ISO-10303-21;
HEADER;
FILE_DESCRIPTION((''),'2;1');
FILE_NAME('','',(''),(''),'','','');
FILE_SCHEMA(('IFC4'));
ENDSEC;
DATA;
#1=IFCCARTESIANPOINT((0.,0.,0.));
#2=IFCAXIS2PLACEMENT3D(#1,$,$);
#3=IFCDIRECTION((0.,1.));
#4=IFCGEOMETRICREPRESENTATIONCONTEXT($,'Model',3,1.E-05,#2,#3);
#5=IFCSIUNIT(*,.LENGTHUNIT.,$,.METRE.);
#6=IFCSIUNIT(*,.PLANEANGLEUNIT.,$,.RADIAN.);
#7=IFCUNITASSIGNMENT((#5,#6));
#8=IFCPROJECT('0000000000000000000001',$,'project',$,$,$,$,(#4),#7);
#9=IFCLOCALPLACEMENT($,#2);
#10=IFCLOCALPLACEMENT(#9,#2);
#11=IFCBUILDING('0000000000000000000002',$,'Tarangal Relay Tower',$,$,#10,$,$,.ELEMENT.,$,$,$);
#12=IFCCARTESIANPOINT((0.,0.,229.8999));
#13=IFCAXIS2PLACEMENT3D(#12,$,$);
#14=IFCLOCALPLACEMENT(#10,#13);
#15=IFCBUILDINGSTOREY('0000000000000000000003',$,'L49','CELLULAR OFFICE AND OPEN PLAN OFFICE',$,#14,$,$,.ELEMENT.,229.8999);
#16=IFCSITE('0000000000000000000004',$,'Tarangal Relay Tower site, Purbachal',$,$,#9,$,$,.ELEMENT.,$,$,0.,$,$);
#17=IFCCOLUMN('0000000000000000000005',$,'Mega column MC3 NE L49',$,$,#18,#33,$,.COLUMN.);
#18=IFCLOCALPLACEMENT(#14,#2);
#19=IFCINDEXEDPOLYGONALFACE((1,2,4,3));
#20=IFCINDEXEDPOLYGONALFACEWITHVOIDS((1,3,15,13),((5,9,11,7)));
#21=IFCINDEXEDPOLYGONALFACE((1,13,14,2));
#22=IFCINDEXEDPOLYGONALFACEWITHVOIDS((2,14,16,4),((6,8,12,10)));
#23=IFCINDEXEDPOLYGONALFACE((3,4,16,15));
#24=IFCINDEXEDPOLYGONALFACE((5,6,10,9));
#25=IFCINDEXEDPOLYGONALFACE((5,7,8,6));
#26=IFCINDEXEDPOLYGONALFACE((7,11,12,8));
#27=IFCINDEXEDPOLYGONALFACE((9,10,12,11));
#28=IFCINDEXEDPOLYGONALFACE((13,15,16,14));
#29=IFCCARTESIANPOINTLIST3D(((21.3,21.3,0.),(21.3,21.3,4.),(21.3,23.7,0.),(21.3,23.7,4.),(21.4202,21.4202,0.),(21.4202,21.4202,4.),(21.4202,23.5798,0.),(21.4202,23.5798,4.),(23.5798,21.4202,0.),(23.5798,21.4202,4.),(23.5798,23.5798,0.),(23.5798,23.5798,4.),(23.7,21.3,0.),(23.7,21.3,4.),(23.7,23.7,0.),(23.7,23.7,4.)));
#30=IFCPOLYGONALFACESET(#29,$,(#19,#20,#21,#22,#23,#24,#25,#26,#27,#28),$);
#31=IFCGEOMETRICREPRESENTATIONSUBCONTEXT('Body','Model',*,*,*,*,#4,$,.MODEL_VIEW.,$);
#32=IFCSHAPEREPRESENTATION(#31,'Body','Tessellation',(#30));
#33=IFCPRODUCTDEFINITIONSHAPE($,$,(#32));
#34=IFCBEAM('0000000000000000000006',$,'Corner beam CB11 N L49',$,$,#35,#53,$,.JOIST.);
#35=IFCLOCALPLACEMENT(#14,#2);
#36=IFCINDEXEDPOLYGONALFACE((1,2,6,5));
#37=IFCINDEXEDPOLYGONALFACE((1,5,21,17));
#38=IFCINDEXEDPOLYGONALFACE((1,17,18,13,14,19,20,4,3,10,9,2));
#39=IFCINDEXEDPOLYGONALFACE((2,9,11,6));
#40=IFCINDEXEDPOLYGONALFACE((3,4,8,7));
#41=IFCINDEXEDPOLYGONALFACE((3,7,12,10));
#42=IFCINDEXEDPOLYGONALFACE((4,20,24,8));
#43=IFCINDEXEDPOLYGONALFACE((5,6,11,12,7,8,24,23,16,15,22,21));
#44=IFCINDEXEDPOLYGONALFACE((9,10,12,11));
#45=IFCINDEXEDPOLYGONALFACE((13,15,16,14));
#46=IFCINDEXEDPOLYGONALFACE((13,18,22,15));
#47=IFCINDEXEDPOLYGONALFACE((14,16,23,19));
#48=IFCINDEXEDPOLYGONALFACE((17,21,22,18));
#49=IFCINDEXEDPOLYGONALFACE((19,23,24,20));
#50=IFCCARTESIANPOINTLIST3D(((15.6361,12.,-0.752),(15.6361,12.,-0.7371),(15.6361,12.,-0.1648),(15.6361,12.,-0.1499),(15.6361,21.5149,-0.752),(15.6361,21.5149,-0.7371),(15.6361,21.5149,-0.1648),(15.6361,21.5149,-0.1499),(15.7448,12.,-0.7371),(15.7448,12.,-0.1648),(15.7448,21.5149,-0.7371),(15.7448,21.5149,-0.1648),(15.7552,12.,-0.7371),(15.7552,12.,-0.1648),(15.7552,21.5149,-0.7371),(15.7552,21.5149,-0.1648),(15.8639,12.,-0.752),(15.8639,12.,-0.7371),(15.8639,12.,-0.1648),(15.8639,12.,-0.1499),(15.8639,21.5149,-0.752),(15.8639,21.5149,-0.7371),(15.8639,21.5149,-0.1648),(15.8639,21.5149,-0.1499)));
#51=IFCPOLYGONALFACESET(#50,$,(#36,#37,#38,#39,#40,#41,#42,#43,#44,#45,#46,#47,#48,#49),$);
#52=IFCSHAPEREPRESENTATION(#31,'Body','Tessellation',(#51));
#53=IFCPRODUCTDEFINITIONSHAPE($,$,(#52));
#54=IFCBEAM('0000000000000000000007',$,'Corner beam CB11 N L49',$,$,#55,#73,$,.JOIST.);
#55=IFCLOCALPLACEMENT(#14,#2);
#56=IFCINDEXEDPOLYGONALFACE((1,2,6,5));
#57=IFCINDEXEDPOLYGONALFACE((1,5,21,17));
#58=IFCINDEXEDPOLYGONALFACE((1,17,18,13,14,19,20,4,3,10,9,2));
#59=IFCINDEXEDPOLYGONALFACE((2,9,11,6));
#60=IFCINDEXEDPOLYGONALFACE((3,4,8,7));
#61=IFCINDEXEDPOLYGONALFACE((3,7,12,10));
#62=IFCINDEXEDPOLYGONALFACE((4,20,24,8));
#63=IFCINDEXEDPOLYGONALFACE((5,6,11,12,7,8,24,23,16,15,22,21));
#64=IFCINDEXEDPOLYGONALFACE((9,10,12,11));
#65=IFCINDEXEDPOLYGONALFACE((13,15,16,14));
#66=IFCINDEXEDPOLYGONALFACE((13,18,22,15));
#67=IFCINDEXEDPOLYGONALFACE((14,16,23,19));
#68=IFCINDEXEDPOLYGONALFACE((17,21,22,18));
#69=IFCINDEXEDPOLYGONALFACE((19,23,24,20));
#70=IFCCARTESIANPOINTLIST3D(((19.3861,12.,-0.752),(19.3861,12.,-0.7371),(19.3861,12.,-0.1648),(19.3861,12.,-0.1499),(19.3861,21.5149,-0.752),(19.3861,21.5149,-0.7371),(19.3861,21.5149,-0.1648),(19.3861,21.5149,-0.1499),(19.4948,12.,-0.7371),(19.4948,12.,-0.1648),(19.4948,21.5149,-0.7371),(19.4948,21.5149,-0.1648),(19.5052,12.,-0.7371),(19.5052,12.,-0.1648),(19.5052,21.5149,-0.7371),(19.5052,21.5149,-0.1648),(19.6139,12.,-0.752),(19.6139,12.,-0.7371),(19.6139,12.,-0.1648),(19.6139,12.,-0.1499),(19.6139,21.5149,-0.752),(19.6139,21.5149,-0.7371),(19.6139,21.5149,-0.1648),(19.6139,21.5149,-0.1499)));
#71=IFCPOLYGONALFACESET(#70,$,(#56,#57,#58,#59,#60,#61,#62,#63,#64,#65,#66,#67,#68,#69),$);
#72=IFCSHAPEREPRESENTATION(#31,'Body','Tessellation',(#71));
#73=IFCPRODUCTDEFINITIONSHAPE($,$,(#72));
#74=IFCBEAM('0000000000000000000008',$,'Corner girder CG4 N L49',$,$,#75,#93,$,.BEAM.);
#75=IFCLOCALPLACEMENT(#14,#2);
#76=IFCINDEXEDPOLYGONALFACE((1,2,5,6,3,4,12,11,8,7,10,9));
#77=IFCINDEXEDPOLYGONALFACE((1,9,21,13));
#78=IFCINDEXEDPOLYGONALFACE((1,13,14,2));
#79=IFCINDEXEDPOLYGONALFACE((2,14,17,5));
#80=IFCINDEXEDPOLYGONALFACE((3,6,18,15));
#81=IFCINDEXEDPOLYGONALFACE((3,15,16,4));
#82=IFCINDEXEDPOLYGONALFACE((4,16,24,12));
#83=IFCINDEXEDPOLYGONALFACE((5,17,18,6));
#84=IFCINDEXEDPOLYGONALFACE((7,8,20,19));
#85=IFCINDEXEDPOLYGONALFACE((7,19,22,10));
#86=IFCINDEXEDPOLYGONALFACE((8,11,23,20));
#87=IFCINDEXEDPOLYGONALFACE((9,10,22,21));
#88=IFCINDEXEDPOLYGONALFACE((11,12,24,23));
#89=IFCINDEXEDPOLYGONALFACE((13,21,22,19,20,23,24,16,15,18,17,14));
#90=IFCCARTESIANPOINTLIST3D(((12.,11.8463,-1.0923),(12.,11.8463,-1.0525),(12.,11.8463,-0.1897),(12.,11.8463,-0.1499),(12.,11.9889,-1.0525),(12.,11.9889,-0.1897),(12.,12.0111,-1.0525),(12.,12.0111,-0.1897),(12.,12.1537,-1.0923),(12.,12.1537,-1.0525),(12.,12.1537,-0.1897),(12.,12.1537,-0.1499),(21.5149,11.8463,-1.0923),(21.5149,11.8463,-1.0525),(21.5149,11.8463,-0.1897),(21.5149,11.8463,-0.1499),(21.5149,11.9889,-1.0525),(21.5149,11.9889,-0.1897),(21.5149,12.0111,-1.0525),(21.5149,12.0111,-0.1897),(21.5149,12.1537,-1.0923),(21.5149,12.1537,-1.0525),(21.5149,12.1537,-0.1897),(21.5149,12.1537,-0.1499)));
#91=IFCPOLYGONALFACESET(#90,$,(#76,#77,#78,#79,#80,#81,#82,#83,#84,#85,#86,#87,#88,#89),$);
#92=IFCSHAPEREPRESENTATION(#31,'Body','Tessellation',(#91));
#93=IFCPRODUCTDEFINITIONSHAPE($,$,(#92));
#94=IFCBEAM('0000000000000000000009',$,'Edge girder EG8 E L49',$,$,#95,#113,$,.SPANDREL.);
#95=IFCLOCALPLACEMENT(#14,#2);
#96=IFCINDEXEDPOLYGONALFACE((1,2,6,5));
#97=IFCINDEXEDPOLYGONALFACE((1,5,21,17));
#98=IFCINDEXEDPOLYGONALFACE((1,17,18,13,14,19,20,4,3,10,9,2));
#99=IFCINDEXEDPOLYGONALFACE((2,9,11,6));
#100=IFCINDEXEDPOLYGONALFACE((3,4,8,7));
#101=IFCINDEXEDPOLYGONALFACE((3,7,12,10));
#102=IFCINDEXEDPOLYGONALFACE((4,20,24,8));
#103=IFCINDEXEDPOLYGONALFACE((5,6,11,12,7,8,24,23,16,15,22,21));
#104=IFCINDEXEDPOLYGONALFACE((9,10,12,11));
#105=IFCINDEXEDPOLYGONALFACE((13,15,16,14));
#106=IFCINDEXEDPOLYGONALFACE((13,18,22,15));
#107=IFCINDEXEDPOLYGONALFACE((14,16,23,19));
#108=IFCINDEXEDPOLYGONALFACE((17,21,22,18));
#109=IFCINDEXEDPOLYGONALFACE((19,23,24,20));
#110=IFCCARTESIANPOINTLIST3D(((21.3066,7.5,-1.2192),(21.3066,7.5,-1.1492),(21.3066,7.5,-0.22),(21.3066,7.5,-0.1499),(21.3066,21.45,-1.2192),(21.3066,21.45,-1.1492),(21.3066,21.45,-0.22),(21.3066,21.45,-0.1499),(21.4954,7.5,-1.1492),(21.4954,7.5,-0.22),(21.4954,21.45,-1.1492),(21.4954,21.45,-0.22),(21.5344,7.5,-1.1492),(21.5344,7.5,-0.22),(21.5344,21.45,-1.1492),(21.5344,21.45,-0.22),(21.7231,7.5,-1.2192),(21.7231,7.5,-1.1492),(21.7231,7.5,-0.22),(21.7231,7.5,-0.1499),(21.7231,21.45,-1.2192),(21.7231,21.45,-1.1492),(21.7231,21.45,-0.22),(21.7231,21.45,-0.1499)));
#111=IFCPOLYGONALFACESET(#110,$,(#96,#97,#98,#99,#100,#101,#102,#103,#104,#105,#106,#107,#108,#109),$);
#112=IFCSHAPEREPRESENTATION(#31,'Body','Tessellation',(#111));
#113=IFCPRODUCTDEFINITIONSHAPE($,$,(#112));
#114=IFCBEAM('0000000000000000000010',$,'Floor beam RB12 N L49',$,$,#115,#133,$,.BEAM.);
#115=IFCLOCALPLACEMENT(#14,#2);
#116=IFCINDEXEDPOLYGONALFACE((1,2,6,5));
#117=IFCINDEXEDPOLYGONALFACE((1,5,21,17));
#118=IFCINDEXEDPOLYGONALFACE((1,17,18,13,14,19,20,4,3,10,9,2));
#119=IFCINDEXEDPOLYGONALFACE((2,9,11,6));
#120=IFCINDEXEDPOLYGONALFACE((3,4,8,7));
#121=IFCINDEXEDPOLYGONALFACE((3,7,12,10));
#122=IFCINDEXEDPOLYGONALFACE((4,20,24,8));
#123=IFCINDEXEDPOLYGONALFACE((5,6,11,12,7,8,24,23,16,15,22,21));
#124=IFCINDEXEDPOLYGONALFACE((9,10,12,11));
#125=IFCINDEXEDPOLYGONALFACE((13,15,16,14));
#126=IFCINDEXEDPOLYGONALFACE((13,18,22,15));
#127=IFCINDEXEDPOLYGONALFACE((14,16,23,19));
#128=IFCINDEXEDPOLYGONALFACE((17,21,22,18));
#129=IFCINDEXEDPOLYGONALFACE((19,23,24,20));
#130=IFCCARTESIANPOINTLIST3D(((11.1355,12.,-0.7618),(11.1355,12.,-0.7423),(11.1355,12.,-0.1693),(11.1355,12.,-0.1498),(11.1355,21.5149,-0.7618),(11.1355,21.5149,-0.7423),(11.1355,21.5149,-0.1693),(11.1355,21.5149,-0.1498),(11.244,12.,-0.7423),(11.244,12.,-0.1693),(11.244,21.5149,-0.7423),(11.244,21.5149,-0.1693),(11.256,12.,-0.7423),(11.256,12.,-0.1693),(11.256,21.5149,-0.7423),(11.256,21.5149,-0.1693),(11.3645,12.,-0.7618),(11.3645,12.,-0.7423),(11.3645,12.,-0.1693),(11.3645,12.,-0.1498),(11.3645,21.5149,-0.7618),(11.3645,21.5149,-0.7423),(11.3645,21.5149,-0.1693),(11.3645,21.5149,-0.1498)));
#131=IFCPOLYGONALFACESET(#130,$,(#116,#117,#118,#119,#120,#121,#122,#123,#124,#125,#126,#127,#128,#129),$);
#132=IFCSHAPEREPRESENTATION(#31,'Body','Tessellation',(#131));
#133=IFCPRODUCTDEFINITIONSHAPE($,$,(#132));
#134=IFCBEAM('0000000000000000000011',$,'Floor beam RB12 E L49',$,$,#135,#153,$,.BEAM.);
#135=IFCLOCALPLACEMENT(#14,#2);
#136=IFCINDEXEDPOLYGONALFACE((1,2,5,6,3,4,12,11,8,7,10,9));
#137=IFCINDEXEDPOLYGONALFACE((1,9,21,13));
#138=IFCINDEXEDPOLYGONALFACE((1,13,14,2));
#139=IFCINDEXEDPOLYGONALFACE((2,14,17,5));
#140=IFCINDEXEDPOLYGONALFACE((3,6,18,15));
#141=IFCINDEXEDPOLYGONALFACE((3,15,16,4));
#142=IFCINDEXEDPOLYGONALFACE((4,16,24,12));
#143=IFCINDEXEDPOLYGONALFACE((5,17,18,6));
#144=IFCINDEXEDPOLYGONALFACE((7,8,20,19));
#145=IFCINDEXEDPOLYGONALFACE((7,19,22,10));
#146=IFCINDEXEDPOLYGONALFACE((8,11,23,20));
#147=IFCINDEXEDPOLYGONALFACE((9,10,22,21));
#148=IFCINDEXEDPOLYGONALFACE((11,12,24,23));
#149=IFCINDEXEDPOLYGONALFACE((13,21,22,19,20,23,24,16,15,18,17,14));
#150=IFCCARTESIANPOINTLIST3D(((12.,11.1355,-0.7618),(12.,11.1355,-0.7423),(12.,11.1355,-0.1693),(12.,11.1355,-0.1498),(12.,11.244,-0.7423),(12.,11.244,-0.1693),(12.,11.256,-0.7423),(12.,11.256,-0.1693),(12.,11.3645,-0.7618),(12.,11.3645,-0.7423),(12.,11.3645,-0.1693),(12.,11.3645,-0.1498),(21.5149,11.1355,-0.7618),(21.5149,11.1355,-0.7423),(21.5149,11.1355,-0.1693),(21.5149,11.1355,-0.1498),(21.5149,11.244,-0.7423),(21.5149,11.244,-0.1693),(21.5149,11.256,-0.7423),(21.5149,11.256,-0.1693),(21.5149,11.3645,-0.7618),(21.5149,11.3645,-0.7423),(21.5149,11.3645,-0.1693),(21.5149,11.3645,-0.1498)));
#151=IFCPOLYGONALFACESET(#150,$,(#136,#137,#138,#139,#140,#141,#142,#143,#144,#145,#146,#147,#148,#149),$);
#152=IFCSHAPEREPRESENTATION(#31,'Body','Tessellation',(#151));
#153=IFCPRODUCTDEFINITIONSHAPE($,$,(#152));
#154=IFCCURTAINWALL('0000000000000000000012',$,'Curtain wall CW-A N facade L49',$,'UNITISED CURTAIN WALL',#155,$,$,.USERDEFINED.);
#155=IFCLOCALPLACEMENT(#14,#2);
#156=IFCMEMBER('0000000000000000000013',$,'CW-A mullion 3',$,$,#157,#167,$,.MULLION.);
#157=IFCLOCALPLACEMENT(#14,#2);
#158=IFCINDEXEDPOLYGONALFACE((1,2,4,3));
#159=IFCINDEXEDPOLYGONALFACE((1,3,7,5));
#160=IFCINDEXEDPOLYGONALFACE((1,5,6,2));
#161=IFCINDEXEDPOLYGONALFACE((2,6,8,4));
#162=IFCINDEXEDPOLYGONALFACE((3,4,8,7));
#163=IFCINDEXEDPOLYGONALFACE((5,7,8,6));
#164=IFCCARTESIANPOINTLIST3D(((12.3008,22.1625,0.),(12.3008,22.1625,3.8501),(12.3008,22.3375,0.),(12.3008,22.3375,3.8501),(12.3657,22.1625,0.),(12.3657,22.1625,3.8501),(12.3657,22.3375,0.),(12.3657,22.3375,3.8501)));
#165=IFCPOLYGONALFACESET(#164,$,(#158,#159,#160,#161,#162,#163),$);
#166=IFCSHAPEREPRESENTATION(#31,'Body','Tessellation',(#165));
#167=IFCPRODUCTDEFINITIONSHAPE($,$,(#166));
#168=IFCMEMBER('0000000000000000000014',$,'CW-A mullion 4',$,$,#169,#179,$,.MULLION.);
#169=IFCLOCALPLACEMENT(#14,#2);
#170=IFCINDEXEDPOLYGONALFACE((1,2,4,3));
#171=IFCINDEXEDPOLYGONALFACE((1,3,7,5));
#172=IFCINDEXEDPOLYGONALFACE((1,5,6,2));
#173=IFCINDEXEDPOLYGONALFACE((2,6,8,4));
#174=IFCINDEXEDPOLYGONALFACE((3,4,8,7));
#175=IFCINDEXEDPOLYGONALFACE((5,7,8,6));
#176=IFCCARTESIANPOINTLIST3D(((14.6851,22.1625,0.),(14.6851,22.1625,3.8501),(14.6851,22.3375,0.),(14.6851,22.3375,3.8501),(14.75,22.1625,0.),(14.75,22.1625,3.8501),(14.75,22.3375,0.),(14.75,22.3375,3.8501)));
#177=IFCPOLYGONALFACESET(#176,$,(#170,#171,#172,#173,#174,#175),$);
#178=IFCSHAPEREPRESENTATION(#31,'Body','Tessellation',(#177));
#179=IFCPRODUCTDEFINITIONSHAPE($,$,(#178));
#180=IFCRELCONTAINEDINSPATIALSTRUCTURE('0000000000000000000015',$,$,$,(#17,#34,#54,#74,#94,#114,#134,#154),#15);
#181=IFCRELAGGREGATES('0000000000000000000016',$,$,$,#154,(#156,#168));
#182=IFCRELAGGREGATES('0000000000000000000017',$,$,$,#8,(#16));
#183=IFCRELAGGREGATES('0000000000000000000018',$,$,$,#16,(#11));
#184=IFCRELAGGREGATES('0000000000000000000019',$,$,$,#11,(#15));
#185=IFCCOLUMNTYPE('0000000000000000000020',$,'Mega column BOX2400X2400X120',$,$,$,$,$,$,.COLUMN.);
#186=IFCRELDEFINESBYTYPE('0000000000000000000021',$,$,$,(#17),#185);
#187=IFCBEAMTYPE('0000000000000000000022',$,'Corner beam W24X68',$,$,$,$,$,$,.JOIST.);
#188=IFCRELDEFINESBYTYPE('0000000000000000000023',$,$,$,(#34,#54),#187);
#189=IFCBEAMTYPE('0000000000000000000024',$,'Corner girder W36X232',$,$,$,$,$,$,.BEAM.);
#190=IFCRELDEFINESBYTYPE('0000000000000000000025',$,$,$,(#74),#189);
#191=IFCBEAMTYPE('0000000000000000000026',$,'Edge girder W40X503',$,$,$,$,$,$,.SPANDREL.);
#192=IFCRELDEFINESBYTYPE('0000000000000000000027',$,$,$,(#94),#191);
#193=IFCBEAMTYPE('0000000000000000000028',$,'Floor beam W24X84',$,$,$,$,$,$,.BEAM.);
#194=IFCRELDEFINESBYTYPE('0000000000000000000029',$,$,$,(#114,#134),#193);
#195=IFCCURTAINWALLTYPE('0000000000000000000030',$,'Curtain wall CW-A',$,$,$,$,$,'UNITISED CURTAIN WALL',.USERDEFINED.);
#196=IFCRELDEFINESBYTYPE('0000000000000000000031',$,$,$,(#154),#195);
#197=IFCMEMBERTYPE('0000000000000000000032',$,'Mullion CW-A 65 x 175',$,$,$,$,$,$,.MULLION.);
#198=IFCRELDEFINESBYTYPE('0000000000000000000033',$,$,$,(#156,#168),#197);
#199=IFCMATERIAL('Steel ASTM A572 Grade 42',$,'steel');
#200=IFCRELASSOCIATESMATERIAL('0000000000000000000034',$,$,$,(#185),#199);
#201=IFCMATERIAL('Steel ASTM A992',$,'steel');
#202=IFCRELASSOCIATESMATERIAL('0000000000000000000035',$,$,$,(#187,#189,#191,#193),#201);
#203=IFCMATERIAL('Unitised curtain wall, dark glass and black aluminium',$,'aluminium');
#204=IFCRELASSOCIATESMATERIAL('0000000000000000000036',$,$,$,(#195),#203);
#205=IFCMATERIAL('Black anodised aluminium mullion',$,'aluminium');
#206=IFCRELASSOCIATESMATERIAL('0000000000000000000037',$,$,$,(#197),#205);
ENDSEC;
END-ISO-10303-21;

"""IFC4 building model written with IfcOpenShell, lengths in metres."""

from ifc_helpers import new_model, si_unit, direction, frame, origin, origin_2d, place, context, subcontext, project, spatial, rectangle, hollow_rectangle, i_section, extrude, material, material_profile, profile_set, type_object, element, aggregate, save


model = new_model("IFC4")

# Units and contexts
model_context = context("Model", 3, precision=1e-05, world=origin(), true_north=direction((0.0, 1.0)))
body_context = subcontext(model_context, "Body", "Model", "MODEL_VIEW")
ifc_project = project(units=[si_unit("LENGTHUNIT", "METRE"), si_unit("PLANEANGLEUNIT", "RADIAN")], contexts=[model_context])

# Site, building, storey
site_placement = place(None, origin())
site = spatial("IfcSite", under=ifc_project, at=site_placement, Name="Tarangal Relay Tower site, Purbachal", CompositionType="ELEMENT", RefElevation=0.0)
building_placement = place(site_placement, origin())
building = spatial("IfcBuilding", under=site, at=building_placement, Name="Tarangal Relay Tower", CompositionType="ELEMENT")
storey_placement = place(building_placement, frame((0.0, 0.0, 229.8999)))
storey = spatial("IfcBuildingStorey", under=building, at=storey_placement, Name="L49", Description="CELLULAR OFFICE AND OPEN PLAN OFFICE", CompositionType="ELEMENT", Elevation=229.8999)

# Column
ifc_material_1 = material(Name="Steel ASTM A572 Grade 42", Category="steel")
ifc_material_profile_1 = material_profile(ifc_material_1, hollow_rectangle(XDim=2.3999, YDim=2.3999, WallThickness=0.1201, at=origin_2d()), Name="BOX2400X2400X120")
ifc_profile_set_1 = profile_set([ifc_material_profile_1], Name="Steel ASTM A572 Grade 42")
column_type = type_object("IfcColumnType", Name="Mega column BOX2400X2400X120", PredefinedType="COLUMN", material=ifc_profile_set_1)
column_placement = place(storey_placement, frame((22.5, 22.5, 0.0), z_axis=(0.0, 0.0, 1.0), x_axis=(1.0, 0.0, 0.0)))
element("IfcColumn", 1, at=column_placement, inside=storey, type_object=column_type, Name="Mega column MC3 NE L49", PredefinedType="COLUMN", context=body_context, shape_type="SweptSolid", body=[
    extrude(hollow_rectangle(XDim=2.3999, YDim=2.3999, WallThickness=0.1201, at=origin_2d()), origin(), (0.0, 0.0, 1.0), 4.0),
])

# Beams
ifc_material_2 = material(Name="Steel ASTM A992", Category="steel")
ifc_material_profile_2 = material_profile(ifc_material_2, i_section(OverallWidth=0.2278, OverallDepth=0.6021, WebThickness=0.0105, FlangeThickness=0.0149, at=origin_2d()), Name="W24X68")
ifc_profile_set_2 = profile_set([ifc_material_profile_2], Name="Steel ASTM A992")
beam_type_1 = type_object("IfcBeamType", Name="Corner beam W24X68", PredefinedType="JOIST", material=ifc_profile_set_2)
for number, where, z_axis, x_axis, name in (
    (2, (15.75, 12.0, -0.4509), (0.0, 1.0, 0.0), (-1.0, 0.0, 0.0), "Corner beam CB11 N L49"),
    (3, (19.5, 12.0, -0.4509), (0.0, 1.0, 0.0), (-1.0, 0.0, 0.0), "Corner beam CB11 N L49"),
):
    element("IfcBeam", number, at=place(storey_placement, frame(where, z_axis=z_axis, x_axis=x_axis)), inside=storey, type_object=beam_type_1, Name=name, PredefinedType="JOIST", context=body_context, shape_type="SweptSolid", body=[
        extrude(i_section(OverallWidth=0.2278, OverallDepth=0.6021, WebThickness=0.0105, FlangeThickness=0.0149, at=origin_2d()), origin(), (0.0, 0.0, 1.0), 9.5149),
    ])
ifc_material_profile_3 = material_profile(ifc_material_2, i_section(OverallWidth=0.3074, OverallDepth=0.9424, WebThickness=0.0222, FlangeThickness=0.0398, at=origin_2d()), Name="W36X232")
ifc_profile_set_3 = profile_set([ifc_material_profile_3], Name="Steel ASTM A992")
beam_type_2 = type_object("IfcBeamType", Name="Corner girder W36X232", PredefinedType="BEAM", material=ifc_profile_set_3)
beam_1_placement = place(storey_placement, frame((12.0, 12.0, -0.6211), z_axis=(1.0, 0.0, 0.0), x_axis=(0.0, 1.0, 0.0)))
element("IfcBeam", 4, at=beam_1_placement, inside=storey, type_object=beam_type_2, Name="Corner girder CG4 N L49", PredefinedType="BEAM", context=body_context, shape_type="SweptSolid", body=[
    extrude(i_section(OverallWidth=0.3074, OverallDepth=0.9424, WebThickness=0.0222, FlangeThickness=0.0398, at=origin_2d()), origin(), (0.0, 0.0, 1.0), 9.5149),
])
ifc_material_profile_4 = material_profile(ifc_material_2, i_section(OverallWidth=0.4165, OverallDepth=1.0693, WebThickness=0.0391, FlangeThickness=0.0701, at=origin_2d()), Name="W40X503")
ifc_profile_set_4 = profile_set([ifc_material_profile_4], Name="Steel ASTM A992")
beam_type_3 = type_object("IfcBeamType", Name="Edge girder W40X503", PredefinedType="SPANDREL", material=ifc_profile_set_4)
beam_2_placement = place(storey_placement, frame((21.5149, 21.45, -0.6846), z_axis=(0.0, -1.0, 0.0), x_axis=(1.0, 0.0, 0.0)))
element("IfcBeam", 5, at=beam_2_placement, inside=storey, type_object=beam_type_3, Name="Edge girder EG8 E L49", PredefinedType="SPANDREL", context=body_context, shape_type="SweptSolid", body=[
    extrude(i_section(OverallWidth=0.4165, OverallDepth=1.0693, WebThickness=0.0391, FlangeThickness=0.0701, at=origin_2d()), origin(), (0.0, 0.0, 1.0), 13.95),
])
ifc_material_profile_5 = material_profile(ifc_material_2, i_section(OverallWidth=0.229, OverallDepth=0.6121, WebThickness=0.012, FlangeThickness=0.0195, at=origin_2d()), Name="W24X84")
ifc_profile_set_5 = profile_set([ifc_material_profile_5], Name="Steel ASTM A992")
beam_type_4 = type_object("IfcBeamType", Name="Floor beam W24X84", PredefinedType="BEAM", material=ifc_profile_set_5)
for number, where, z_axis, x_axis, name in (
    (6, (11.25, 12.0, -0.4558), (0.0, 1.0, 0.0), (-1.0, 0.0, 0.0), "Floor beam RB12 N L49"),
    (7, (12.0, 11.25, -0.4558), (1.0, 0.0, 0.0), (0.0, 1.0, 0.0), "Floor beam RB12 E L49"),
):
    element("IfcBeam", number, at=place(storey_placement, frame(where, z_axis=z_axis, x_axis=x_axis)), inside=storey, type_object=beam_type_4, Name=name, PredefinedType="BEAM", context=body_context, shape_type="SweptSolid", body=[
        extrude(i_section(OverallWidth=0.229, OverallDepth=0.6121, WebThickness=0.012, FlangeThickness=0.0195, at=origin_2d()), origin(), (0.0, 0.0, 1.0), 9.5149),
    ])

# Curtain wall, members
ifc_material_3 = material(Name="Unitised curtain wall, dark glass and black aluminium", Category="aluminium")
curtain_wall_type = type_object("IfcCurtainWallType", Name="Curtain wall CW-A", ElementType="UNITISED CURTAIN WALL", PredefinedType="USERDEFINED", material=ifc_material_3)
curtain_wall_1_placement = place(storey_placement, origin())
curtain_wall_1 = element("IfcCurtainWall", 8, at=curtain_wall_1_placement, inside=storey, type_object=curtain_wall_type, Name="Curtain wall CW-A N facade L49", ObjectType="UNITISED CURTAIN WALL", PredefinedType="USERDEFINED")
ifc_material_4 = material(Name="Black anodised aluminium mullion", Category="aluminium")
ifc_material_profile_6 = material_profile(ifc_material_4, rectangle(XDim=0.175, YDim=0.0649, at=origin_2d()), Name="CW-AM 65X175")
ifc_profile_set_6 = profile_set([ifc_material_profile_6], Name="Black anodised aluminium mullion")
member_type_1 = type_object("IfcMemberType", Name="Mullion CW-A 65 x 175", PredefinedType="MULLION", material=ifc_profile_set_6)
member_1_placement = place(storey_placement, frame((12.3333, 22.25, 0.0), z_axis=(0.0, 0.0, 1.0), x_axis=(0.0, 1.0, 0.0)))
member_1 = element("IfcMember", 9, at=member_1_placement, type_object=member_type_1, Name="CW-A mullion 3", PredefinedType="MULLION", context=body_context, shape_type="SweptSolid", body=[
    extrude(rectangle(XDim=0.175, YDim=0.0649, at=origin_2d()), origin(), (0.0, 0.0, 1.0), 3.8501),
])
member_2_placement = place(storey_placement, frame((14.7175, 22.25, 0.0), z_axis=(0.0, 0.0, 1.0), x_axis=(0.0, 1.0, 0.0)))
member_2 = element("IfcMember", 10, at=member_2_placement, type_object=member_type_1, Name="CW-A mullion 4", PredefinedType="MULLION", context=body_context, shape_type="SweptSolid", body=[
    extrude(rectangle(XDim=0.175, YDim=0.0649, at=origin_2d()), origin(), (0.0, 0.0, 1.0), 3.8501),
])

aggregate(curtain_wall_1, [member_1, member_2])

save(model, "model.ifc")
